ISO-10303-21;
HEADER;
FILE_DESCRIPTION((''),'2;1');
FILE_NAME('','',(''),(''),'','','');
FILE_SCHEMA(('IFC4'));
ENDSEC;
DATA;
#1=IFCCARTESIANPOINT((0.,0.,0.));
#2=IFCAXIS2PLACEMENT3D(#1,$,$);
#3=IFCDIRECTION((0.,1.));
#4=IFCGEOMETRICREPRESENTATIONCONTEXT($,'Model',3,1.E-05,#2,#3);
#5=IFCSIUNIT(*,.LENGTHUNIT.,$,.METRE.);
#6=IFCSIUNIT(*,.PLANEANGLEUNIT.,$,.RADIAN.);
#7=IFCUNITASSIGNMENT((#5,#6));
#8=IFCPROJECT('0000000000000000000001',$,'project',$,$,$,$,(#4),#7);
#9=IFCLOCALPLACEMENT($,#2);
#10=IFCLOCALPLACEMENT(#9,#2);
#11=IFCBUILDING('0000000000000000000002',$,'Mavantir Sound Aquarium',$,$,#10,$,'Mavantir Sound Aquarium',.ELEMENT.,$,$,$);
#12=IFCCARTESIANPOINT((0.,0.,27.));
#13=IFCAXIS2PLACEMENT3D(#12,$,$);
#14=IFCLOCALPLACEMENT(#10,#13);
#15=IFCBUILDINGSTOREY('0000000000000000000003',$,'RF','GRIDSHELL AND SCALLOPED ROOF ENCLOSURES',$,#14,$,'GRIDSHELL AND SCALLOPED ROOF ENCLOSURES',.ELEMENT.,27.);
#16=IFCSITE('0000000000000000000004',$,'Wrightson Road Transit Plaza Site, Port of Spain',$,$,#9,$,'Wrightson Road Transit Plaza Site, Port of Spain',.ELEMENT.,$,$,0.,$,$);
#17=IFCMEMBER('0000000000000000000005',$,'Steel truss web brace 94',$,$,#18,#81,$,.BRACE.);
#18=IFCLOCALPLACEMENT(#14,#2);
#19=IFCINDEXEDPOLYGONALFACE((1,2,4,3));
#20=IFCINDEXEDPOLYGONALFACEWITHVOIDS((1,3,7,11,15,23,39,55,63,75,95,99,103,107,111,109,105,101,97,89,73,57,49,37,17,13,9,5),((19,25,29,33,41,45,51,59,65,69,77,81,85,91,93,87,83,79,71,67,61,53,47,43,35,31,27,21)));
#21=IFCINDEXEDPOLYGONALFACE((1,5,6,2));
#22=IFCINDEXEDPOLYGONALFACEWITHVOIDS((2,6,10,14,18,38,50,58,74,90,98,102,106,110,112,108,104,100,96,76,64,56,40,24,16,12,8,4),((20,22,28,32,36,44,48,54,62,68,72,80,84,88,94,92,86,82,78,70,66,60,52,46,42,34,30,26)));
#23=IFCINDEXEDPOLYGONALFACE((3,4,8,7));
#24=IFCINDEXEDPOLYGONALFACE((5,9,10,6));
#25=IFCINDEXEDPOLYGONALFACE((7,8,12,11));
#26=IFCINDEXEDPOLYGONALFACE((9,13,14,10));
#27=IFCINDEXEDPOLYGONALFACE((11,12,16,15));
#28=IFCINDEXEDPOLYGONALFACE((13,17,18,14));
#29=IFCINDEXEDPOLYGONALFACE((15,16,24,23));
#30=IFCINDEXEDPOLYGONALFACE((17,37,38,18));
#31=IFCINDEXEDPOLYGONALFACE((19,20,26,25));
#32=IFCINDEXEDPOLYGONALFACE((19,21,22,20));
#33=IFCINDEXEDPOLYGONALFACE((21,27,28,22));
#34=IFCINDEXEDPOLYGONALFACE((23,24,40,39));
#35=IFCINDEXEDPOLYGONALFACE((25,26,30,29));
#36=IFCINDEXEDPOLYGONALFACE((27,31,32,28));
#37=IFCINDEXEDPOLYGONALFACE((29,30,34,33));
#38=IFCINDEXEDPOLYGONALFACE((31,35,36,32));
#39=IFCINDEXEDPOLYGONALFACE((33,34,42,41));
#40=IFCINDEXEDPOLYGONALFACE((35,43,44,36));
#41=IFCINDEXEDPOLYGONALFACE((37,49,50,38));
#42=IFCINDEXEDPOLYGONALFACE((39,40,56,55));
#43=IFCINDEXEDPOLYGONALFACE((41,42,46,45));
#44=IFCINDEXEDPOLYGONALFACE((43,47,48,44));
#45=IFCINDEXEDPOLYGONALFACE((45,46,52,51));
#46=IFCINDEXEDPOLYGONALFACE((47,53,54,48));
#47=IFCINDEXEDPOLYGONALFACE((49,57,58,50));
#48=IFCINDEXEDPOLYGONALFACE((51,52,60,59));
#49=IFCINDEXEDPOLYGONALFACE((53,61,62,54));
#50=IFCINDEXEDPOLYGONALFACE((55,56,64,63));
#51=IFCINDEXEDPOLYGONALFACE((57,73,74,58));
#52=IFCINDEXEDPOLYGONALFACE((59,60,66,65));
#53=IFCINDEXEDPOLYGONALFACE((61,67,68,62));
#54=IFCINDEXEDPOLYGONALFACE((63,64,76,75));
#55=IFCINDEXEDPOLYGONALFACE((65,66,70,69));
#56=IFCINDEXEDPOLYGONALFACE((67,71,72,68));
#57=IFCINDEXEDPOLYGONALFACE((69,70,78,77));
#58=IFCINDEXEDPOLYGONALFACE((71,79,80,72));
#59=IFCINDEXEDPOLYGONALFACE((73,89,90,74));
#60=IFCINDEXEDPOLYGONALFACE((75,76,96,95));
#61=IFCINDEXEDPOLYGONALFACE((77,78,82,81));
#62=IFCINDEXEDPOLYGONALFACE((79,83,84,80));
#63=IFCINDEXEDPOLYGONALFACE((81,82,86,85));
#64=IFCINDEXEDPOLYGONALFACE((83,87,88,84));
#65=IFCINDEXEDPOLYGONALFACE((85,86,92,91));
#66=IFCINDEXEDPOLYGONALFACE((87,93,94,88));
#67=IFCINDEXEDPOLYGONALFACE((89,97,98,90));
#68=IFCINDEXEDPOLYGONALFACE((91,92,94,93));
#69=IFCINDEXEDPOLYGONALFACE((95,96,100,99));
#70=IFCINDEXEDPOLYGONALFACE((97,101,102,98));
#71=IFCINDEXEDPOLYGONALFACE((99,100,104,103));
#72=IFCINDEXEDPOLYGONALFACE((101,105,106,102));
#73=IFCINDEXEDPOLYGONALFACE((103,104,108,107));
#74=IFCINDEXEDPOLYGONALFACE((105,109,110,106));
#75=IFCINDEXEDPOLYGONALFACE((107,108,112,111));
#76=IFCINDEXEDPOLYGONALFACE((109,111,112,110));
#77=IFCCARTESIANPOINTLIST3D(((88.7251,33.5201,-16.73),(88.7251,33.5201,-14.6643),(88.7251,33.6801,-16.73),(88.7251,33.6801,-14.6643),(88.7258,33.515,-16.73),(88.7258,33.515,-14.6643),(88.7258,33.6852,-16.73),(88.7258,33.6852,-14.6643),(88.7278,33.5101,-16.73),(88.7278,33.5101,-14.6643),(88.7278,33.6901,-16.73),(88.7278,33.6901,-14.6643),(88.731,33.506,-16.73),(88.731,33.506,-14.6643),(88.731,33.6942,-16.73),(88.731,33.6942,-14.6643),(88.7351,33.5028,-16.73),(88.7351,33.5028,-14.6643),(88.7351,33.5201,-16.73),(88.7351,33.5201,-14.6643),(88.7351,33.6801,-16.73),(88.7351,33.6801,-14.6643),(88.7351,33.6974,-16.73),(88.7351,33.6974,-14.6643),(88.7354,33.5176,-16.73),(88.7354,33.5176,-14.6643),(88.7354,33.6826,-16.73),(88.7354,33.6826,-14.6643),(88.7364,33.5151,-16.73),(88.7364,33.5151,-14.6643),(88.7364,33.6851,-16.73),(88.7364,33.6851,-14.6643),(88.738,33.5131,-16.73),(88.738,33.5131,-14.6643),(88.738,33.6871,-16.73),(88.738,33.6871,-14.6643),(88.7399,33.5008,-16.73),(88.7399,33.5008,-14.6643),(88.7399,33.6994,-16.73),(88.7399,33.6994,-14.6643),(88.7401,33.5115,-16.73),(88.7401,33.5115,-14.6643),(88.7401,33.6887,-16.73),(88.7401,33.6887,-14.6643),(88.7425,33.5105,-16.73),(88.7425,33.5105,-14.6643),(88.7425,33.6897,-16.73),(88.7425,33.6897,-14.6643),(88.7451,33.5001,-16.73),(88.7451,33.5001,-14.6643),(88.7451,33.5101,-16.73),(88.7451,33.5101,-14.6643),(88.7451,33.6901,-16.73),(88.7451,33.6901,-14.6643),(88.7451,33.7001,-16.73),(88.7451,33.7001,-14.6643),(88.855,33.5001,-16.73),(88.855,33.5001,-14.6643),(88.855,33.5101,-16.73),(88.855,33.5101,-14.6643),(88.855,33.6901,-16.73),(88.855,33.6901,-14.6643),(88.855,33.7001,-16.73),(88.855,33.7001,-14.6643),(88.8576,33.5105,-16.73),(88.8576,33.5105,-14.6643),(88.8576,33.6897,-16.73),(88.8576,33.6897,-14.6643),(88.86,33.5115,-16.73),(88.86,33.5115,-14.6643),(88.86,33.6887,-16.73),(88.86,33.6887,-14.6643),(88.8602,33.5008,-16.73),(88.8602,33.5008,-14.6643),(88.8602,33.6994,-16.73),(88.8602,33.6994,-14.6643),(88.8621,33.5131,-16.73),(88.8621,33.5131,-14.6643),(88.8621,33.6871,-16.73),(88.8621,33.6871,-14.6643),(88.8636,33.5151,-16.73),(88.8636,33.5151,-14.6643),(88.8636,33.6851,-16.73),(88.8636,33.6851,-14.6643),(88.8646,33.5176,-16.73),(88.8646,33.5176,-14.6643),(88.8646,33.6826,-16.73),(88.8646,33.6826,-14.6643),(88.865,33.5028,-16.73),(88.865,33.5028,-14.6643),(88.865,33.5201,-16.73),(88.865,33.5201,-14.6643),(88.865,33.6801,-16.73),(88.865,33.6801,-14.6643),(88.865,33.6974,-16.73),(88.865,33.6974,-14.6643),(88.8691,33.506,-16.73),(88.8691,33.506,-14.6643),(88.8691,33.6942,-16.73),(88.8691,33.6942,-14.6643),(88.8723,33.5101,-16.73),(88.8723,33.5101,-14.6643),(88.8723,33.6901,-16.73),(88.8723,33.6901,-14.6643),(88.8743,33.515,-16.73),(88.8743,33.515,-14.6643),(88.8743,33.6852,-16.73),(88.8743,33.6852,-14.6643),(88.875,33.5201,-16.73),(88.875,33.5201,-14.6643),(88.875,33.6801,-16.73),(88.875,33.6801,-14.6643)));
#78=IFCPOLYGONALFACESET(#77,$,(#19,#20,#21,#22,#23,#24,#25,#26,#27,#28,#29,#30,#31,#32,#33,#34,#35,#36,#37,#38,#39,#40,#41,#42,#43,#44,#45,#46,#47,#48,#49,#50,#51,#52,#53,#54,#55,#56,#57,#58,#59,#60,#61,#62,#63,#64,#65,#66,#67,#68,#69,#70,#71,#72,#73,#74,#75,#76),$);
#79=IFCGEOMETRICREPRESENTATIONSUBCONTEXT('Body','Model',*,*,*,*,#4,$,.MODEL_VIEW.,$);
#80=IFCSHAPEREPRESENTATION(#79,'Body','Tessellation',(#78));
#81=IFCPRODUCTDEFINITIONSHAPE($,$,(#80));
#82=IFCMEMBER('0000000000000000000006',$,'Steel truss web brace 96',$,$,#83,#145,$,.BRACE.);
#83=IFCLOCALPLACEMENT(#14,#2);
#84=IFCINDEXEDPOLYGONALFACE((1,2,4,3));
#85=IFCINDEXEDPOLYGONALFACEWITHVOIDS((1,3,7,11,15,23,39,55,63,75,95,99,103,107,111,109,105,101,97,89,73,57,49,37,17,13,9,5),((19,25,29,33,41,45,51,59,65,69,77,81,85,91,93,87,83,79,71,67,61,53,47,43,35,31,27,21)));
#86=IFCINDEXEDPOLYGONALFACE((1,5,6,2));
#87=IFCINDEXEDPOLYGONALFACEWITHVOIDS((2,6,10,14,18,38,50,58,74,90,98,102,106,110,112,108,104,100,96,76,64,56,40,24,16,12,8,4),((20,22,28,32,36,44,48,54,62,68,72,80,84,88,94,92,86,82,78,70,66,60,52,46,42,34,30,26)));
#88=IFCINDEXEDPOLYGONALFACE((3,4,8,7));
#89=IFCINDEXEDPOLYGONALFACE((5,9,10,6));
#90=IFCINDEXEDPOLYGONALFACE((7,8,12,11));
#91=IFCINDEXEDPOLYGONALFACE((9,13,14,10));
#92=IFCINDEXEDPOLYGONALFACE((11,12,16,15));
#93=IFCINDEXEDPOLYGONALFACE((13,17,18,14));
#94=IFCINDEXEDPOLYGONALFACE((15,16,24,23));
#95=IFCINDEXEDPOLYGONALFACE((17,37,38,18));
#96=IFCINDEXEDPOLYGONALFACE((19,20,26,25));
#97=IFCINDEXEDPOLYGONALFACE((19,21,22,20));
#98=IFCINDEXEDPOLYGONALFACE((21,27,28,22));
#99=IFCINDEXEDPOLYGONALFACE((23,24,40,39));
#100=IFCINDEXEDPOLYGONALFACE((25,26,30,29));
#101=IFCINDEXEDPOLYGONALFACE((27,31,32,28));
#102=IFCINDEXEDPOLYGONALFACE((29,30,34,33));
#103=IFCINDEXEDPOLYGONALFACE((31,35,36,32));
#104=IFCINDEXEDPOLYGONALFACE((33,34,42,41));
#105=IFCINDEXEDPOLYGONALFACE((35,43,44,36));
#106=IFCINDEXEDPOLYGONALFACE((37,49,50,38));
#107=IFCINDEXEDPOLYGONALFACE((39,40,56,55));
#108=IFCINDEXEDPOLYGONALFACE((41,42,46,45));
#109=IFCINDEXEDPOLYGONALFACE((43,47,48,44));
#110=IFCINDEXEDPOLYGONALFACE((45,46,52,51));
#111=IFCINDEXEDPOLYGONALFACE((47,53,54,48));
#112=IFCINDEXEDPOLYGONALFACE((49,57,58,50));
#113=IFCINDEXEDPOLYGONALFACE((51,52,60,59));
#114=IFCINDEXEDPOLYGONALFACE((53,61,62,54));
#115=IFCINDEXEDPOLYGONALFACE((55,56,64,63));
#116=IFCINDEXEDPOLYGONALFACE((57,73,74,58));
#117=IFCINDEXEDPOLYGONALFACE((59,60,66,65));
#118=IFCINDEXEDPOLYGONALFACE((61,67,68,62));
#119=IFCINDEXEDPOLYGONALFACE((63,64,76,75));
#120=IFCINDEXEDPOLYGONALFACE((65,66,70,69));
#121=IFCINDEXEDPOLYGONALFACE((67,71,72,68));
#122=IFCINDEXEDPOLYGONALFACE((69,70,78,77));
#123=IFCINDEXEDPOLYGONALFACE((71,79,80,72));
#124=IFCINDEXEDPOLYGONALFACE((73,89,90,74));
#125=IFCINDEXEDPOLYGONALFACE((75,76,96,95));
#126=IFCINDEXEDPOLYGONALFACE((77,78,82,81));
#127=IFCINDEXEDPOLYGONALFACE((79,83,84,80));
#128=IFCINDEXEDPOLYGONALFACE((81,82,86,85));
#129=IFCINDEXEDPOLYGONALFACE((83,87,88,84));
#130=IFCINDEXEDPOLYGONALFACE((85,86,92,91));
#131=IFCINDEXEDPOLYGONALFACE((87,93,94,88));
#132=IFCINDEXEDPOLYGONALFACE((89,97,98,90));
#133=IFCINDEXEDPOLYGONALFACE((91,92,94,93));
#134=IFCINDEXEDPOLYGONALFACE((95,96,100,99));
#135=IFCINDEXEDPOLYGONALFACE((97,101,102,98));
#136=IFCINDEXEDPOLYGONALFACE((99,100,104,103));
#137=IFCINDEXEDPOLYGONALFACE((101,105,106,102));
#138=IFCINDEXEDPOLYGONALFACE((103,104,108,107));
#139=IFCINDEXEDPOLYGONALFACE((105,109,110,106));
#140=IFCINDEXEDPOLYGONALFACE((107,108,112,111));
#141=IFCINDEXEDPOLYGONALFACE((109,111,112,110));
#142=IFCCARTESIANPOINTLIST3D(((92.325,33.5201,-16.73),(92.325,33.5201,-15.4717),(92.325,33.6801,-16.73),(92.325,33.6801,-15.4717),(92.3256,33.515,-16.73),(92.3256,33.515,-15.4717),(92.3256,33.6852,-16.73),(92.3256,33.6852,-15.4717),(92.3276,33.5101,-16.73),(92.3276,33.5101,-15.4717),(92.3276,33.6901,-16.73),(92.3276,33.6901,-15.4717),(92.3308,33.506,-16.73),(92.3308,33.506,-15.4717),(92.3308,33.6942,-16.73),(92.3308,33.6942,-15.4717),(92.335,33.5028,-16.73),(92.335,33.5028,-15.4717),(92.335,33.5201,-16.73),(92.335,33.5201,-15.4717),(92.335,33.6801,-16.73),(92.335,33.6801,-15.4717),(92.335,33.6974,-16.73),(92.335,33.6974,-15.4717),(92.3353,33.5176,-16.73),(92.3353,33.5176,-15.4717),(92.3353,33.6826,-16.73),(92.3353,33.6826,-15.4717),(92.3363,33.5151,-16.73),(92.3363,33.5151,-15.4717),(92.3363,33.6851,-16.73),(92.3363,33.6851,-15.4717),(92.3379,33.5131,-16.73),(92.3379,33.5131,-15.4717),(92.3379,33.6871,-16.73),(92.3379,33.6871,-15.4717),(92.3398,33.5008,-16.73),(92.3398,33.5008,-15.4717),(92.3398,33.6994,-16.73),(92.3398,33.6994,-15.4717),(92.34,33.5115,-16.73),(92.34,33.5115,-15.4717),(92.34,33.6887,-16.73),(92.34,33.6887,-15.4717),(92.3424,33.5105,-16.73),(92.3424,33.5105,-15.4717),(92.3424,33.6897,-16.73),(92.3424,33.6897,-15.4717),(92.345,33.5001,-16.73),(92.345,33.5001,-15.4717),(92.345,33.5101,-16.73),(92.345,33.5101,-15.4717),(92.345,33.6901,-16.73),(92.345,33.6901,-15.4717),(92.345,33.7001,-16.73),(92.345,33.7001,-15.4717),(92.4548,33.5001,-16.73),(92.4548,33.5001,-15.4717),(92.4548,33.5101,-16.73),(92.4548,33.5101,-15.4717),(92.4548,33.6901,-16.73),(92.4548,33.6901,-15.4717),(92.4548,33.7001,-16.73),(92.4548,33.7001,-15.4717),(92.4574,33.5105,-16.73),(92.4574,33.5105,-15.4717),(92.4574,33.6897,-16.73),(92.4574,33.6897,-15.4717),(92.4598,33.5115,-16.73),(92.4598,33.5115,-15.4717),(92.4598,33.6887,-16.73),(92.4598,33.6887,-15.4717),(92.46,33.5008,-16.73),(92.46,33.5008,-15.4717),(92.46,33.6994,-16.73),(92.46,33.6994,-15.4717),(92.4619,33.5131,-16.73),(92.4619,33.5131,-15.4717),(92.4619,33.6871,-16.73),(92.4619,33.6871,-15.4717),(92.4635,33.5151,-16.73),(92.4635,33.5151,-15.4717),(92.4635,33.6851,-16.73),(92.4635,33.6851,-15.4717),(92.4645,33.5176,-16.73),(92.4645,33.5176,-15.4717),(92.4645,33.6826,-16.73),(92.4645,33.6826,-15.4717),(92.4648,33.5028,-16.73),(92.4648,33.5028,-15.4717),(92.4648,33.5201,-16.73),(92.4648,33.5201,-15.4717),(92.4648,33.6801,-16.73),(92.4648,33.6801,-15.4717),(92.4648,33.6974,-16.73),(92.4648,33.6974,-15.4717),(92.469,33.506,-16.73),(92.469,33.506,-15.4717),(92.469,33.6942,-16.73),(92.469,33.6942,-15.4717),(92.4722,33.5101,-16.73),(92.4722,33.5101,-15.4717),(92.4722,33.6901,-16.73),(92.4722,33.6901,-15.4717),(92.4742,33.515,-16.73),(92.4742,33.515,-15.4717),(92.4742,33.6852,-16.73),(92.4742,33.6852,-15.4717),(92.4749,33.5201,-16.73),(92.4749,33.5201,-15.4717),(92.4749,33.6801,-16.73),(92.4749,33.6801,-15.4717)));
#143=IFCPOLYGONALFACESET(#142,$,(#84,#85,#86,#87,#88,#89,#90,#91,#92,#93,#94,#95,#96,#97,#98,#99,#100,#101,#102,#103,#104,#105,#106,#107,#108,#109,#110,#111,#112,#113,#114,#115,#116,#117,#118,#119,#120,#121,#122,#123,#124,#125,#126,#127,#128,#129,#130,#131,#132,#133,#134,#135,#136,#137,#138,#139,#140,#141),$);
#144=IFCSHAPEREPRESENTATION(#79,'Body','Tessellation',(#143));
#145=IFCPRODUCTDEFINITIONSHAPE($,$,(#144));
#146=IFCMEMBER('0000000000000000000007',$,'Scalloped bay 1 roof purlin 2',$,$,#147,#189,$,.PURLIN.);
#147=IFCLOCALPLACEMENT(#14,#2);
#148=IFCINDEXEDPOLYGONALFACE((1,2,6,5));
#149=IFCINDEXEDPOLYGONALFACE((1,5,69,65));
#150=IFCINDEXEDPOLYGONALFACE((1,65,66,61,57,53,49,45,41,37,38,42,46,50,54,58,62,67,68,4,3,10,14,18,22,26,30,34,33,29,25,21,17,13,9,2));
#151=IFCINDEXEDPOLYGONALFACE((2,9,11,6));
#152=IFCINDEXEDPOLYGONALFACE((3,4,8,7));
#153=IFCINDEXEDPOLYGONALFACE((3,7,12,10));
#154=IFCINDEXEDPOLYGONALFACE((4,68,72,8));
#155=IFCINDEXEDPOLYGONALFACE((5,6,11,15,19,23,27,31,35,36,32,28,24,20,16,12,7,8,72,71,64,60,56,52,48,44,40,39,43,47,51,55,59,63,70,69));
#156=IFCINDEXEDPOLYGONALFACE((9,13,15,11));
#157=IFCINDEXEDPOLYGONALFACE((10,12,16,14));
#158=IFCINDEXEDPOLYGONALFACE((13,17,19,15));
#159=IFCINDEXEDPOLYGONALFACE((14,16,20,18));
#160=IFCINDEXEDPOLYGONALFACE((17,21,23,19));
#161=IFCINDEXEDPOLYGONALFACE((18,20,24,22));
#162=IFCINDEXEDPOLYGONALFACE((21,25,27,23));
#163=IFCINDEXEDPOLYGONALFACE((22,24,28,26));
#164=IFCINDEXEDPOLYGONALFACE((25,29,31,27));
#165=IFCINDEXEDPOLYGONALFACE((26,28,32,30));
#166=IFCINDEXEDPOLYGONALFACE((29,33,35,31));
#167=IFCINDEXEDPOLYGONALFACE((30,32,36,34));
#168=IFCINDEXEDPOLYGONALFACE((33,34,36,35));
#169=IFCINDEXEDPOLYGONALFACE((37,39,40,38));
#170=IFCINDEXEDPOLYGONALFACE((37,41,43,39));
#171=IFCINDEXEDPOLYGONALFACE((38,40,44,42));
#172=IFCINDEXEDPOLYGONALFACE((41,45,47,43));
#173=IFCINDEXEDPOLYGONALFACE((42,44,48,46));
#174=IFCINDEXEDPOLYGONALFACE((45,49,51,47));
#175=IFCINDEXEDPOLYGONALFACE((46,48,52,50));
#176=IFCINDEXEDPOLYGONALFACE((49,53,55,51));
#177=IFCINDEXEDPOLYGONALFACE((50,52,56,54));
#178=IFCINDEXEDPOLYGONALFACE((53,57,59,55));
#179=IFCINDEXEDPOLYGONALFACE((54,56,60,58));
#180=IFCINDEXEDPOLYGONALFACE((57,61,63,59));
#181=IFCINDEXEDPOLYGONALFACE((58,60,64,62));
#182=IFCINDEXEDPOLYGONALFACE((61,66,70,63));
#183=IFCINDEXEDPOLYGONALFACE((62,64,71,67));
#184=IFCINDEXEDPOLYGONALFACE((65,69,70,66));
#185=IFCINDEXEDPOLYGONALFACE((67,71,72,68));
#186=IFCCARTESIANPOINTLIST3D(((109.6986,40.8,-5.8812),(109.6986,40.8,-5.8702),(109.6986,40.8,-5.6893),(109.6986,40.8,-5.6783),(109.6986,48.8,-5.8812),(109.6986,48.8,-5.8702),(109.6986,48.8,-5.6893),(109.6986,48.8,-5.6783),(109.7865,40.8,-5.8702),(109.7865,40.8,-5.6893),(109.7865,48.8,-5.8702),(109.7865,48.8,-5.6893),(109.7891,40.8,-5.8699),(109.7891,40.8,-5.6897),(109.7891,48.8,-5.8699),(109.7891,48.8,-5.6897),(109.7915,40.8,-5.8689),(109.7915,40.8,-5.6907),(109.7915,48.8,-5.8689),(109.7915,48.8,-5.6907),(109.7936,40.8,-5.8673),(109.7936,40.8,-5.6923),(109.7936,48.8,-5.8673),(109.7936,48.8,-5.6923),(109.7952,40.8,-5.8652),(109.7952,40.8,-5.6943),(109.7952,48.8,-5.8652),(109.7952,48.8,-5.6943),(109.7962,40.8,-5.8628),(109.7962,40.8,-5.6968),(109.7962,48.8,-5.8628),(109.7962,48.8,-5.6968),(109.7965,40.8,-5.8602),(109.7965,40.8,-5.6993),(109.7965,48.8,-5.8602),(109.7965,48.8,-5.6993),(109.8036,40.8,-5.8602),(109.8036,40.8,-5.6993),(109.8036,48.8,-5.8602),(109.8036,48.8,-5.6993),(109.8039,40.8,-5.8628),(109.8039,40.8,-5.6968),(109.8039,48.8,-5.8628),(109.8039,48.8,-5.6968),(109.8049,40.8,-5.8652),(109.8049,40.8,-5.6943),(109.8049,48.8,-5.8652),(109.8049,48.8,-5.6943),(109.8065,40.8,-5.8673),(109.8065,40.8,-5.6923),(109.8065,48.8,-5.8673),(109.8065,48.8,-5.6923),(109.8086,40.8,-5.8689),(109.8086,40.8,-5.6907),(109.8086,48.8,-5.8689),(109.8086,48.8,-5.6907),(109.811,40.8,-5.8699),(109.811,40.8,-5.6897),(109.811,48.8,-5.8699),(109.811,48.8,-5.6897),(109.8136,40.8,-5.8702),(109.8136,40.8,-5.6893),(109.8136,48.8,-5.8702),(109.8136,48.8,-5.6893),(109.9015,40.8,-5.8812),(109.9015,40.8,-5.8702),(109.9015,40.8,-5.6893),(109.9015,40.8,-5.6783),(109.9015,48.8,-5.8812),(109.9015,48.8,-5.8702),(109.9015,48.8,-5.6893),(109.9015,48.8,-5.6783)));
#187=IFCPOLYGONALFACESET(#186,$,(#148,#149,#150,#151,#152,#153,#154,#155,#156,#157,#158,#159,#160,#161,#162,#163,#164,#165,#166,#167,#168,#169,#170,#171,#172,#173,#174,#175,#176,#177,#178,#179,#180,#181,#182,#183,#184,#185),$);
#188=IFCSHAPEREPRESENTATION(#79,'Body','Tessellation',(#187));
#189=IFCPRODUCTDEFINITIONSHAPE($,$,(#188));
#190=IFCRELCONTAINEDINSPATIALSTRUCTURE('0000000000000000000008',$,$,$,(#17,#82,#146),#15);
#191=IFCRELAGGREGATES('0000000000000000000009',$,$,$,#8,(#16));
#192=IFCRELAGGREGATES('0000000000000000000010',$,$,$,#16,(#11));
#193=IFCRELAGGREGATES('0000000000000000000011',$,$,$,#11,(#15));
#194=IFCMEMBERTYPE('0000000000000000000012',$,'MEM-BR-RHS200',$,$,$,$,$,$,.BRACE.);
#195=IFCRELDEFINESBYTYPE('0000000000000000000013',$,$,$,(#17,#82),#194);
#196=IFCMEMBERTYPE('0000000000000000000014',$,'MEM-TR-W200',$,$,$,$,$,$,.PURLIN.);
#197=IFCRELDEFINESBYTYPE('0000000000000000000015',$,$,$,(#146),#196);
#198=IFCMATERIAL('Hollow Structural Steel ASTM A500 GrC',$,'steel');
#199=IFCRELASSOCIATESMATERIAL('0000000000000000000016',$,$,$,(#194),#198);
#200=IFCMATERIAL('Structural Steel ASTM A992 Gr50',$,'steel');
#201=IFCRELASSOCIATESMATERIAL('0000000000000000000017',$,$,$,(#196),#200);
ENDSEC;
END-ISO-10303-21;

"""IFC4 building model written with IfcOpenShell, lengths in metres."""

from ifc_helpers import new_model, si_unit, direction, frame, origin, origin_2d, place, context, subcontext, project, spatial, hollow_rectangle, i_section, extrude, material, material_profile, profile_set, type_object, element, save


model = new_model("IFC4")

# Units and contexts
model_context = context("Model", 3, precision=1e-05, world=origin(), true_north=direction((0.0, 1.0)))
body_context = subcontext(model_context, "Body", "Model", "MODEL_VIEW")
ifc_project = project(units=[si_unit("LENGTHUNIT", "METRE"), si_unit("PLANEANGLEUNIT", "RADIAN")], contexts=[model_context])

# Site, building, storey
site_placement = place(None, origin())
site = spatial("IfcSite", under=ifc_project, at=site_placement, Name="Wrightson Road Transit Plaza Site, Port of Spain", LongName="Wrightson Road Transit Plaza Site, Port of Spain", CompositionType="ELEMENT", RefElevation=0.0)
building_placement = place(site_placement, origin())
building = spatial("IfcBuilding", under=site, at=building_placement, Name="Mavantir Sound Aquarium", LongName="Mavantir Sound Aquarium", CompositionType="ELEMENT")
storey_placement = place(building_placement, frame((0.0, 0.0, 27.0)))
storey = spatial("IfcBuildingStorey", under=building, at=storey_placement, Name="RF", Description="GRIDSHELL AND SCALLOPED ROOF ENCLOSURES", LongName="GRIDSHELL AND SCALLOPED ROOF ENCLOSURES", CompositionType="ELEMENT", Elevation=27.0)

# Shared definitions
ifc_material_1 = material(Name="Hollow Structural Steel ASTM A500 GrC", Category="steel")
ifc_material_2 = material(Name="Structural Steel ASTM A992 Gr50", Category="steel")

# Members
ifc_material_profile_1 = material_profile(ifc_material_1, hollow_rectangle(XDim=0.1499, YDim=0.2, WallThickness=0.01, InnerFilletRadius=0.01, OuterFilletRadius=0.02, at=origin_2d()), Name="RHS 200X150X10")
ifc_profile_set_1 = profile_set([ifc_material_profile_1], Name="Hollow Structural Steel ASTM A500 GrC")
member_type_1 = type_object("IfcMemberType", Name="MEM-BR-RHS200", PredefinedType="BRACE", material=ifc_profile_set_1)
member_1_placement = place(storey_placement, frame((88.8, 33.6001, -16.73), z_axis=(0.0, 0.0, 1.0), x_axis=(1.0, 0.0, 0.0)))
element("IfcMember", 1, at=member_1_placement, inside=storey, type_object=member_type_1, Name="Steel truss web brace 94", PredefinedType="BRACE", context=body_context, shape_type="SweptSolid", body=[
    extrude(hollow_rectangle(XDim=0.1499, YDim=0.2, WallThickness=0.01, InnerFilletRadius=0.01, OuterFilletRadius=0.02, at=origin_2d()), origin(), (0.0, 0.0, 1.0), 2.0657),
])
member_2_placement = place(storey_placement, frame((92.3999, 33.6001, -16.73), z_axis=(0.0, 0.0, 1.0), x_axis=(1.0, 0.0, 0.0)))
element("IfcMember", 2, at=member_2_placement, inside=storey, type_object=member_type_1, Name="Steel truss web brace 96", PredefinedType="BRACE", context=body_context, shape_type="SweptSolid", body=[
    extrude(hollow_rectangle(XDim=0.1499, YDim=0.2, WallThickness=0.01, InnerFilletRadius=0.01, OuterFilletRadius=0.02, at=origin_2d()), origin(), (0.0, 0.0, 1.0), 1.2583),
])
ifc_material_profile_2 = material_profile(ifc_material_2, i_section(OverallWidth=0.2029, OverallDepth=0.2029, WebThickness=0.0071, FlangeThickness=0.011, FilletRadius=0.01, at=origin_2d()), Name="W200X46")
ifc_profile_set_2 = profile_set([ifc_material_profile_2], Name="Structural Steel ASTM A992 Gr50")
member_type_2 = type_object("IfcMemberType", Name="MEM-TR-W200", PredefinedType="PURLIN", material=ifc_profile_set_2)
member_3_placement = place(storey_placement, frame((109.8, 40.8, -5.7798), z_axis=(0.0, 1.0, 0.0), x_axis=(-1.0, 0.0, 0.0)))
element("IfcMember", 3, at=member_3_placement, inside=storey, type_object=member_type_2, Name="Scalloped bay 1 roof purlin 2", PredefinedType="PURLIN", context=body_context, shape_type="SweptSolid", body=[
    extrude(i_section(OverallWidth=0.2029, OverallDepth=0.2029, WebThickness=0.0071, FlangeThickness=0.011, FilletRadius=0.01, at=origin_2d()), origin(), (0.0, 0.0, 1.0), 8.0),
])

save(model, "model.ifc")
